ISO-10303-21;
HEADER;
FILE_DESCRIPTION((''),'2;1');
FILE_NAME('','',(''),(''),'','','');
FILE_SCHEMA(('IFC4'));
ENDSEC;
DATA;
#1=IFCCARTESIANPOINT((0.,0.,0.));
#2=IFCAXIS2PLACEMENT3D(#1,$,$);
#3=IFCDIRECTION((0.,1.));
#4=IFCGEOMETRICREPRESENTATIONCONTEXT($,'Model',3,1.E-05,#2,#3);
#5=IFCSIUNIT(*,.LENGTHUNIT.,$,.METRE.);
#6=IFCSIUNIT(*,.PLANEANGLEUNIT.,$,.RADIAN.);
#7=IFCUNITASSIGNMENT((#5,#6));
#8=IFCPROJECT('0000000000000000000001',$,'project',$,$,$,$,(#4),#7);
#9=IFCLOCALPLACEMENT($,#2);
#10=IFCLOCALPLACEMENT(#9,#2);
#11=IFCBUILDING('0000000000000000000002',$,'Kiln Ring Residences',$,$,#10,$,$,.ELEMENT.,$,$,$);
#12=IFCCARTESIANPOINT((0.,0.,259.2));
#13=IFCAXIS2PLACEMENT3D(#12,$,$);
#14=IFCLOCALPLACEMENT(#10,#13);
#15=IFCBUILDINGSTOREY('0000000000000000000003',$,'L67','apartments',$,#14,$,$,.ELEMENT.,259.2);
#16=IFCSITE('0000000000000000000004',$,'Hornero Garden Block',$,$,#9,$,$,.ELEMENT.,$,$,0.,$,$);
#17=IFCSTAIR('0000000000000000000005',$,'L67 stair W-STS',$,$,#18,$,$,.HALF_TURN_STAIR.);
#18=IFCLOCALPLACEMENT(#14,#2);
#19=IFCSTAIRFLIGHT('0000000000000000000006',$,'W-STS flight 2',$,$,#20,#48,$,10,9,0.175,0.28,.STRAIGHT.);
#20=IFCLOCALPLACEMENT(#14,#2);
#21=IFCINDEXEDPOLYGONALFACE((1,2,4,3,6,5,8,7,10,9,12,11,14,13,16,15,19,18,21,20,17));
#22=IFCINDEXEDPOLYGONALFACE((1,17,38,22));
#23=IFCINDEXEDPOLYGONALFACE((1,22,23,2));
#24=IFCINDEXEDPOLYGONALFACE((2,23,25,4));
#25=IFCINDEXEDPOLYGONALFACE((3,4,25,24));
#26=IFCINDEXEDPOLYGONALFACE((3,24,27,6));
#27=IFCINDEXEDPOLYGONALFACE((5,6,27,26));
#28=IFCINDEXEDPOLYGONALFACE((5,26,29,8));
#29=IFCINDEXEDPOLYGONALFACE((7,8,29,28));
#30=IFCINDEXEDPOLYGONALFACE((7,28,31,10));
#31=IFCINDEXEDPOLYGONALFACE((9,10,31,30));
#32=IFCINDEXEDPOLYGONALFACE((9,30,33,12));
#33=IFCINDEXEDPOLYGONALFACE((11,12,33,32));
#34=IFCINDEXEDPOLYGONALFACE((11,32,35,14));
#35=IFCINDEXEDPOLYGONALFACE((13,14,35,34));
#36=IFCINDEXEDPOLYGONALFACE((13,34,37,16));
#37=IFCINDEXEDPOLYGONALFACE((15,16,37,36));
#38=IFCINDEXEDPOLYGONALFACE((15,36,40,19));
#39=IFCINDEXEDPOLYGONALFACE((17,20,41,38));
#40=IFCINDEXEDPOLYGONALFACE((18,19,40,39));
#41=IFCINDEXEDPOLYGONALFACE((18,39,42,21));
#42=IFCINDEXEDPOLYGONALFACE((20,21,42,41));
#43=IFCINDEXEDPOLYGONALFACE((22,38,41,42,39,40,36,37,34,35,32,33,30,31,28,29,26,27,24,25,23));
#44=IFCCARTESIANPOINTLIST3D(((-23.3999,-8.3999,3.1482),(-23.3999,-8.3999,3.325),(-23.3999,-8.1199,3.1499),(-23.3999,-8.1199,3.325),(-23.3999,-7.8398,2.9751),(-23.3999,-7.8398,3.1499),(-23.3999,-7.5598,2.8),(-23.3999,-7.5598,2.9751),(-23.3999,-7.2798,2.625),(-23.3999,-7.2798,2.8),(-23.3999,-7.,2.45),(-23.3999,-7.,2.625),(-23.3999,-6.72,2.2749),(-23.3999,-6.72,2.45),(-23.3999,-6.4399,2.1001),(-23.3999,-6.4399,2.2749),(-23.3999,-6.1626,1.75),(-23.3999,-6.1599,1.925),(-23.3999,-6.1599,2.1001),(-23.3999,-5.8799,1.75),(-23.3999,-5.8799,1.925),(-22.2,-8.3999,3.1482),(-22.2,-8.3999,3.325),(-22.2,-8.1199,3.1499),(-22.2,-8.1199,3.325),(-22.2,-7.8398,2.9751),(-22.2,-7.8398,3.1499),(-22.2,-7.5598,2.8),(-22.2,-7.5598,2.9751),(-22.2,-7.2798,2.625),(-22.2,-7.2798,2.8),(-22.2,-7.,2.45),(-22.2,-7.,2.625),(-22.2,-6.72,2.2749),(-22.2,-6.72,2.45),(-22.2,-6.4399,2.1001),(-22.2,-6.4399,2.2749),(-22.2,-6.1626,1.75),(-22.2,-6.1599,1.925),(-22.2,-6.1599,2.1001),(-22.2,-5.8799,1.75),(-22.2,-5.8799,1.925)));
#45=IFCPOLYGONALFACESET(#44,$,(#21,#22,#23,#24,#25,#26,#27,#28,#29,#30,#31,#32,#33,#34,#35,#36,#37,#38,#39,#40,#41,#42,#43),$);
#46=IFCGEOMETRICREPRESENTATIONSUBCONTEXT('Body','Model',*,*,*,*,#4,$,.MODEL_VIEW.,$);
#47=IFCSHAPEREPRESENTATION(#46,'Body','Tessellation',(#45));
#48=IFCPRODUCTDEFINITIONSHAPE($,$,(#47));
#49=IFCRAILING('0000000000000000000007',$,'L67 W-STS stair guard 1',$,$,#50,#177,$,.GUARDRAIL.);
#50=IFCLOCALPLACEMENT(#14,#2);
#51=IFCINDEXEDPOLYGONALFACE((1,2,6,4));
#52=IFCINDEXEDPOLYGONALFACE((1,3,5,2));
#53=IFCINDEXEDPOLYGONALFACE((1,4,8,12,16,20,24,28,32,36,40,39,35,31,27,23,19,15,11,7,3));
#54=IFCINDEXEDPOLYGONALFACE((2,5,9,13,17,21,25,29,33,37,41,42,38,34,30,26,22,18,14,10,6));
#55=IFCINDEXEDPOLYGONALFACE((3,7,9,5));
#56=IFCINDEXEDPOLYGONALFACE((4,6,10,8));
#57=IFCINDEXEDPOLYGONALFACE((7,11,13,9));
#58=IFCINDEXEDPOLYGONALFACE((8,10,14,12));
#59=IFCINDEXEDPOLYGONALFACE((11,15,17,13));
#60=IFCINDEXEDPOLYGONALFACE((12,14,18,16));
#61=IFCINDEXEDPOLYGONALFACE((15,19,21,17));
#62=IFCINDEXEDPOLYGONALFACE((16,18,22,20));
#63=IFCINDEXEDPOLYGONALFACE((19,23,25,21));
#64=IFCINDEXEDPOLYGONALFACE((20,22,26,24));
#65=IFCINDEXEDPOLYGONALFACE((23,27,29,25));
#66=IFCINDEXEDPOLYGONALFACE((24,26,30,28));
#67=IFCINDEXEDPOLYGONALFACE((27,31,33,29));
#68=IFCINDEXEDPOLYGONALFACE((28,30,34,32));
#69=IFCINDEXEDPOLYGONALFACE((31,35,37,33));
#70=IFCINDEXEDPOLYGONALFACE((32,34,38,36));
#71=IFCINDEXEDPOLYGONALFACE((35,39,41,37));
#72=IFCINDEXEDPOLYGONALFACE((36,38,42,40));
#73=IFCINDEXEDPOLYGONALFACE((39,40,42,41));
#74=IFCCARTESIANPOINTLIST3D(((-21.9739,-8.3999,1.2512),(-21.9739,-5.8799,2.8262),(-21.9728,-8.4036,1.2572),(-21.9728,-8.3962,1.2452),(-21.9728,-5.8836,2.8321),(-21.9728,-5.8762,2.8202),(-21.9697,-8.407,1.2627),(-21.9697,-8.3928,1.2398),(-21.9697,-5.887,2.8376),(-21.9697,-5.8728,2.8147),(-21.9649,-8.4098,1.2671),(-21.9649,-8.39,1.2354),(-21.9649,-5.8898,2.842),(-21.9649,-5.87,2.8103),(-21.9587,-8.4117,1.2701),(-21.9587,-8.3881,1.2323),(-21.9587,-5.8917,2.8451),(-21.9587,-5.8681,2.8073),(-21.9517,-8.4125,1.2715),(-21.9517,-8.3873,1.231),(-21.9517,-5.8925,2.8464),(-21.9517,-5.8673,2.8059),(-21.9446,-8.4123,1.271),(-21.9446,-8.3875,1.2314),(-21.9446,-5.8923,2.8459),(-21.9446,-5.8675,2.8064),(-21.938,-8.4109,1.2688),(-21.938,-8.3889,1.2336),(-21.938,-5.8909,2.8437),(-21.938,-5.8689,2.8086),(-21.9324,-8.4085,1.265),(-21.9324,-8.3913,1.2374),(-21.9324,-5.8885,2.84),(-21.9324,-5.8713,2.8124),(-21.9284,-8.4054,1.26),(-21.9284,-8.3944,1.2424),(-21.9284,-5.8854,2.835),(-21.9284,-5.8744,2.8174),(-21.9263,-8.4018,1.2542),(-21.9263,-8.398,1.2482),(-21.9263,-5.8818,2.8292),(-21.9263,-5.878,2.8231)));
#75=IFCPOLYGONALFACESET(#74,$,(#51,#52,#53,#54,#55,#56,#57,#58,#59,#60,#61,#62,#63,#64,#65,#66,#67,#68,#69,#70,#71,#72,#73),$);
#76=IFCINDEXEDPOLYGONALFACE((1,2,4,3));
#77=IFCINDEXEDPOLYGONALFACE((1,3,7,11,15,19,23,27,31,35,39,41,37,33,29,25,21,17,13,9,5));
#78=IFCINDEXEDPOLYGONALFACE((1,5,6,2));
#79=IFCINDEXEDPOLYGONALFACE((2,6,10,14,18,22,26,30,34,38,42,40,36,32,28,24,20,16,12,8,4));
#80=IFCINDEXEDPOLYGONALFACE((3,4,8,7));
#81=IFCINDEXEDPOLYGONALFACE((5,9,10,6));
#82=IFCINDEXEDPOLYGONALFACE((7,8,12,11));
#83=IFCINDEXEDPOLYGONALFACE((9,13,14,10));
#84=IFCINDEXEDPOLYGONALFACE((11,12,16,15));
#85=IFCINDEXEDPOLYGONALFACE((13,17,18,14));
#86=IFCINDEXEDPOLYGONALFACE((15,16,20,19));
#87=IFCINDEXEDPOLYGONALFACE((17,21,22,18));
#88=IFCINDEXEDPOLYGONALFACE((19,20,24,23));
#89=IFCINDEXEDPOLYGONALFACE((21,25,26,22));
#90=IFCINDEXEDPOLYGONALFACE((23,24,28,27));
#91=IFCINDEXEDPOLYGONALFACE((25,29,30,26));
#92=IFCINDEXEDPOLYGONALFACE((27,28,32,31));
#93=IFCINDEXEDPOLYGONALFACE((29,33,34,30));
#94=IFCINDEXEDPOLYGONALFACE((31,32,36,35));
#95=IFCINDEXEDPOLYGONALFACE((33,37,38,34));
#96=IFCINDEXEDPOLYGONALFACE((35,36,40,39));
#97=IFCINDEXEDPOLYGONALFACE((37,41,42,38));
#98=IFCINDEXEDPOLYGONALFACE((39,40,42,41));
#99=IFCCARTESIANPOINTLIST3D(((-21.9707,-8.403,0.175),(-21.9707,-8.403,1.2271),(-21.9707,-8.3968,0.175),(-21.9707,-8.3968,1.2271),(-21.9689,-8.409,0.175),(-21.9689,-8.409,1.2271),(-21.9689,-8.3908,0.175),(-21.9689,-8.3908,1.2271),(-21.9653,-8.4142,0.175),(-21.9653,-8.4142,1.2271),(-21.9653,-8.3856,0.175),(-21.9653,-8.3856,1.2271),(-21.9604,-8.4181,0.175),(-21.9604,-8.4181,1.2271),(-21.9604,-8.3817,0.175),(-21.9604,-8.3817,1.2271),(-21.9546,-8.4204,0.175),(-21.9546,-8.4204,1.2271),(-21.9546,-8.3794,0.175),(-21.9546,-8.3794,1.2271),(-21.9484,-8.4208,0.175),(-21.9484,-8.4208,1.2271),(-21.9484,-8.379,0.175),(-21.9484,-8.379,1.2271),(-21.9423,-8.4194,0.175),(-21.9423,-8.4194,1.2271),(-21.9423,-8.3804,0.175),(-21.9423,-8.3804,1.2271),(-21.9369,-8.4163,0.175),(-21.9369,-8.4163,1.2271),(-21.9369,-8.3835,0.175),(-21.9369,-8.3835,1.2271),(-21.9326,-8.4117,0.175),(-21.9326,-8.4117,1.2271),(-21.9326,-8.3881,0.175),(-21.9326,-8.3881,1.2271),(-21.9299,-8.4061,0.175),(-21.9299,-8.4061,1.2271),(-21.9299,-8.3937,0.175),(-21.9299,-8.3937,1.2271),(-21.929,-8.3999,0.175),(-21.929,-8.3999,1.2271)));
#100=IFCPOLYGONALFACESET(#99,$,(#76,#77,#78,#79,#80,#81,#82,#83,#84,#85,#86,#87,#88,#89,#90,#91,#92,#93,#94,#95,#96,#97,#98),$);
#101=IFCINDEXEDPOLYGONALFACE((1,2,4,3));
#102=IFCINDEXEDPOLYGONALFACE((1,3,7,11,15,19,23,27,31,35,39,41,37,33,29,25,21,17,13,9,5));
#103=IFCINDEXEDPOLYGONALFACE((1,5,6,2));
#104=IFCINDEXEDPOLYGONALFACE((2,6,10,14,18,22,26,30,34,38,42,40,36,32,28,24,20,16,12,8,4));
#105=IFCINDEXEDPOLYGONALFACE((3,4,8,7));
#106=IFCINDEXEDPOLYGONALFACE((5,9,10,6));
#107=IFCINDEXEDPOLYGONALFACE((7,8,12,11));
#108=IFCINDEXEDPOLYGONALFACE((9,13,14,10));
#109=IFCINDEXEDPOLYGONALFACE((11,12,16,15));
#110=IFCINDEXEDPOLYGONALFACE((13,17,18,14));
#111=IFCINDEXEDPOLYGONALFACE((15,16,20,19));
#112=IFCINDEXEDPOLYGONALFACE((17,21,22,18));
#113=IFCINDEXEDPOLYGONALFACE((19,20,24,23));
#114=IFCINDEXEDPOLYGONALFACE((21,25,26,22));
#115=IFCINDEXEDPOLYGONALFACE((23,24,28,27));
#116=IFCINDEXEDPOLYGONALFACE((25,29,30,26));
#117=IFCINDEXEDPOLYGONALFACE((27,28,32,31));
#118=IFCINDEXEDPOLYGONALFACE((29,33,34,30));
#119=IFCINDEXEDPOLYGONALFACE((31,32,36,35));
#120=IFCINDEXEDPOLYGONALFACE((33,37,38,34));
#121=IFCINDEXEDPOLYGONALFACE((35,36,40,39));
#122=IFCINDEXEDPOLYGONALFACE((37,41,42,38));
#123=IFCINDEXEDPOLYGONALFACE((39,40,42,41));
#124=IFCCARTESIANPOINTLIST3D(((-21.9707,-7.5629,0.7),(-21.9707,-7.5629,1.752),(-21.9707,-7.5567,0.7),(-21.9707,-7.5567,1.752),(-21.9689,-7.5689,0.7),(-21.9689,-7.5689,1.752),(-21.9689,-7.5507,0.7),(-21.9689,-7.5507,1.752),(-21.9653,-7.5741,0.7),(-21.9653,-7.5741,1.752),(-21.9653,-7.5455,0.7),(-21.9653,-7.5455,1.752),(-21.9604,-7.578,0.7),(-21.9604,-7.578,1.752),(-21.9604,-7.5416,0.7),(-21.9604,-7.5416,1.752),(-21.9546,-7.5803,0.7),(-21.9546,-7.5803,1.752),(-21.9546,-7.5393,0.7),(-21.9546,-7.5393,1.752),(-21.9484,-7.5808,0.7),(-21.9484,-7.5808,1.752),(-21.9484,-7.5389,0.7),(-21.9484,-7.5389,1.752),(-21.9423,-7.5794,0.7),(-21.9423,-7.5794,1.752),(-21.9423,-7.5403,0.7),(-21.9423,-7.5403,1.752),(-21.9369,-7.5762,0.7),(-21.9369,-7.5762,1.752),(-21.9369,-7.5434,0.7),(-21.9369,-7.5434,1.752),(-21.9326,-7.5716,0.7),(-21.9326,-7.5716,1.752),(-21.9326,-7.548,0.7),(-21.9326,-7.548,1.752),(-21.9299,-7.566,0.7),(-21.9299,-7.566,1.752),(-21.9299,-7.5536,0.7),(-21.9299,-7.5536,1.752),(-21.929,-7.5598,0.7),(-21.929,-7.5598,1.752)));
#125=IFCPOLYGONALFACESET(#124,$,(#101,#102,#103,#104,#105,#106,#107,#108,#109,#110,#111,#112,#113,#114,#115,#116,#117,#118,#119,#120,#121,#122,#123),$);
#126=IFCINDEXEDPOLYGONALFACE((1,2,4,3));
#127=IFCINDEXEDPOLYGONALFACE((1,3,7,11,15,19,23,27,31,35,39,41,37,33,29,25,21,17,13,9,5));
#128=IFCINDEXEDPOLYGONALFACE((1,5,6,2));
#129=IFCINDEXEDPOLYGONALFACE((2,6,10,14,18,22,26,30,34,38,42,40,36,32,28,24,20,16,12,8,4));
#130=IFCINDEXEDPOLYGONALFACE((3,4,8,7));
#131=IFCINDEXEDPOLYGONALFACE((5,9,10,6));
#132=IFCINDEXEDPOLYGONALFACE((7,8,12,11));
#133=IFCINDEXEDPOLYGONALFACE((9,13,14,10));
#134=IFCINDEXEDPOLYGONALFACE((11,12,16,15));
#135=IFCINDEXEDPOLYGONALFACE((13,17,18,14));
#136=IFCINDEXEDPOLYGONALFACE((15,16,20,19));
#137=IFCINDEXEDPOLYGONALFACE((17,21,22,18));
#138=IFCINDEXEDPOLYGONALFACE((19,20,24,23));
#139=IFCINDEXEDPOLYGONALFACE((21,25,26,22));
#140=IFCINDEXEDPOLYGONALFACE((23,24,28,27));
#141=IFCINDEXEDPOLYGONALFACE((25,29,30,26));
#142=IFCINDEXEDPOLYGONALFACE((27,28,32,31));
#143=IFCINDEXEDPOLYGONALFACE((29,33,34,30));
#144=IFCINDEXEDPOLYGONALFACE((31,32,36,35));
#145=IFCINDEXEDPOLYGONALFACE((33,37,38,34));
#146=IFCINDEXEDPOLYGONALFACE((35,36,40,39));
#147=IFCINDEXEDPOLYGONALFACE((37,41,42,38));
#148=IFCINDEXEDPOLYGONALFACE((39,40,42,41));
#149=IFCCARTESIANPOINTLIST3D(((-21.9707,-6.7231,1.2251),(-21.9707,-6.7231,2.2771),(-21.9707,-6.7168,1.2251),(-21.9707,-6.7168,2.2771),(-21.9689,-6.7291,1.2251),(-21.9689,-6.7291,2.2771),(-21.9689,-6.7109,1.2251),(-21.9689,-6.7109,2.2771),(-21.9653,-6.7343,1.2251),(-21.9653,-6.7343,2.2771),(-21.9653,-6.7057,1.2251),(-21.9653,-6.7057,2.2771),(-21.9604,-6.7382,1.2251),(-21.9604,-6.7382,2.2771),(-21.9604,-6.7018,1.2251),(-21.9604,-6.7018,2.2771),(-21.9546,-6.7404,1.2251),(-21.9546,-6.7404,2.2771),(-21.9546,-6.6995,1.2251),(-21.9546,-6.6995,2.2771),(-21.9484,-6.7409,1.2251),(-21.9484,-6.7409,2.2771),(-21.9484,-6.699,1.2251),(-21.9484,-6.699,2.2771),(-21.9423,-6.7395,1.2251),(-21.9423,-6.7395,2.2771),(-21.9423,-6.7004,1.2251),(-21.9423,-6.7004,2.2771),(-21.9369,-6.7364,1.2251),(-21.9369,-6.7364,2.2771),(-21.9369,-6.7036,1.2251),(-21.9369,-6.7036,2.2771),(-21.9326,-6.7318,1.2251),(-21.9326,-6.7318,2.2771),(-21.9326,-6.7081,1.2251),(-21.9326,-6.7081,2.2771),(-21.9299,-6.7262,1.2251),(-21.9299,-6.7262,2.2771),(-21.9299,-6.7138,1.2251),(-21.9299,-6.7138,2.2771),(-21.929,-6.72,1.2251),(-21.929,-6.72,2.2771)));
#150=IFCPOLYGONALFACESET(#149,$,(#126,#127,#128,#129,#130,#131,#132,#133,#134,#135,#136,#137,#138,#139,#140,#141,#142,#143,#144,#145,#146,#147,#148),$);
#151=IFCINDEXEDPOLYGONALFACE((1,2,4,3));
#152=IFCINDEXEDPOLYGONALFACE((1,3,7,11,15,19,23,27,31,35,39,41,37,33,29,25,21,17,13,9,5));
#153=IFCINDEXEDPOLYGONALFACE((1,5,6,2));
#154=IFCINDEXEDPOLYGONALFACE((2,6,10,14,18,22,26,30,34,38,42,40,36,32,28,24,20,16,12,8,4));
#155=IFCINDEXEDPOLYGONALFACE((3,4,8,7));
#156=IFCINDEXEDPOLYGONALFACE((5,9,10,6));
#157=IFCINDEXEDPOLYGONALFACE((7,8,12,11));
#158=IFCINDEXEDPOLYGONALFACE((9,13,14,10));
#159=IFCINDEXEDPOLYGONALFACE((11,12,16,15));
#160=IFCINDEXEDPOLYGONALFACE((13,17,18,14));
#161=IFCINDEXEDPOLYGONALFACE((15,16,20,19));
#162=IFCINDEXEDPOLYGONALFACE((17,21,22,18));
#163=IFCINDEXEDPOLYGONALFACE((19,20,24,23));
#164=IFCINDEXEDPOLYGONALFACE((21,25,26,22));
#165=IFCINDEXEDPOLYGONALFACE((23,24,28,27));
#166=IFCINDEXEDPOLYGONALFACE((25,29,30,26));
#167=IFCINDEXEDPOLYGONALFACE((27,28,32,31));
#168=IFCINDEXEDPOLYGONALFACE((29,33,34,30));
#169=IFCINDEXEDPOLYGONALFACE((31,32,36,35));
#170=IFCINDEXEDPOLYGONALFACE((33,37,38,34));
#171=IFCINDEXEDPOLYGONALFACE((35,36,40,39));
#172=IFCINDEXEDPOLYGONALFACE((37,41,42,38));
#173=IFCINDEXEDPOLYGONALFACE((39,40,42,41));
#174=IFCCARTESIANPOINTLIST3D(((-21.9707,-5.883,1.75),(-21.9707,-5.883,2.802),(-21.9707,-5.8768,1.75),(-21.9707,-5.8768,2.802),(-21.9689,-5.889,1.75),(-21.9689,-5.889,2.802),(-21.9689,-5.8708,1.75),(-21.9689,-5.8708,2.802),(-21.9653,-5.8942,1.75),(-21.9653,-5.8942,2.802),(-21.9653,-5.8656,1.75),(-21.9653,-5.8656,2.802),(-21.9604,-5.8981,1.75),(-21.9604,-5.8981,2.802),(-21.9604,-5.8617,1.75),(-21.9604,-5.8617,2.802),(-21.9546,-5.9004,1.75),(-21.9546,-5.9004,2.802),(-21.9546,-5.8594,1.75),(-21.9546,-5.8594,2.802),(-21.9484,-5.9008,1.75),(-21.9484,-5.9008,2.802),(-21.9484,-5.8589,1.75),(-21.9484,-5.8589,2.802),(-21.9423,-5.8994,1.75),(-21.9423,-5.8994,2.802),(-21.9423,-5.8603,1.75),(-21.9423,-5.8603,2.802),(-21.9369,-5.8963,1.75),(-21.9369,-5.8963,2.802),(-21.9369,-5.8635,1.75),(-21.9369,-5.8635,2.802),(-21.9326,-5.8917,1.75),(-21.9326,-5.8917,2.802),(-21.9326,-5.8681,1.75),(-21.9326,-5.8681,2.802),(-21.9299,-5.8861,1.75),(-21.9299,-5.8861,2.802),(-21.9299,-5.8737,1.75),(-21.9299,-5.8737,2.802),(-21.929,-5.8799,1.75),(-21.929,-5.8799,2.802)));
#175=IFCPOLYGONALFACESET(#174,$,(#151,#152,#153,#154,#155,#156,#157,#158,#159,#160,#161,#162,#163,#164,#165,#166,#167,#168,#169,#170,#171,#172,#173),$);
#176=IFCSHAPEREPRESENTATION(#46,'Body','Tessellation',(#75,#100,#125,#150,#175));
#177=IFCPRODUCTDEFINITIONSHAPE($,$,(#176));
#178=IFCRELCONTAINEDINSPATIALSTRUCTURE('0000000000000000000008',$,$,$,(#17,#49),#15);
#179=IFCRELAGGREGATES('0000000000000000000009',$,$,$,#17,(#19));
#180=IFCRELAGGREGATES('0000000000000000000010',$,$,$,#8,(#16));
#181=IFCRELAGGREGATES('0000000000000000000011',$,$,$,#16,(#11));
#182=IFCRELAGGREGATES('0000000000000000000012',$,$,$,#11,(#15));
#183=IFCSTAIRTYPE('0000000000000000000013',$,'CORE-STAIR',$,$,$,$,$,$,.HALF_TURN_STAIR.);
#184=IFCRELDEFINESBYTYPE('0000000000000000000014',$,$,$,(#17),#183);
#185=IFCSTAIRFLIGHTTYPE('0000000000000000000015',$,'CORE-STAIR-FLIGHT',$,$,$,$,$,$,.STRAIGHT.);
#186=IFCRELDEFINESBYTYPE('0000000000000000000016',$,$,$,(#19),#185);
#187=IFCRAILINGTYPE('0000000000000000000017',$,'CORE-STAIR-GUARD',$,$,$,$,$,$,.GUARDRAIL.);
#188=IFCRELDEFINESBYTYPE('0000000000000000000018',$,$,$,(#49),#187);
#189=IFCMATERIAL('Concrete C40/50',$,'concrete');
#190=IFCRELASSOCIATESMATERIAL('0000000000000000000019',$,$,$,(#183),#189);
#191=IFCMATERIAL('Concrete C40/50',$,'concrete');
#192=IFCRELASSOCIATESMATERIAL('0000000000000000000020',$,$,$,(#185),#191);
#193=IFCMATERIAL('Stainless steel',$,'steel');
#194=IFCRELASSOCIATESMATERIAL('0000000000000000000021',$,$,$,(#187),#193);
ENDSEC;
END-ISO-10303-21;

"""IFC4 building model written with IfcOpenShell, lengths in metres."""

from ifc_helpers import new_model, si_unit, direction, frame, origin, origin_2d, place, context, subcontext, project, spatial, polyline, circle, outline, extrude, material, type_object, element, aggregate, save


model = new_model("IFC4")

# Units and contexts
model_context = context("Model", 3, precision=1e-05, world=origin(), true_north=direction((0.0, 1.0)))
body_context = subcontext(model_context, "Body", "Model", "MODEL_VIEW")
ifc_project = project(units=[si_unit("LENGTHUNIT", "METRE"), si_unit("PLANEANGLEUNIT", "RADIAN")], contexts=[model_context])

# Site, building, storey
site_placement = place(None, origin())
site = spatial("IfcSite", under=ifc_project, at=site_placement, Name="Hornero Garden Block", CompositionType="ELEMENT", RefElevation=0.0)
building_placement = place(site_placement, origin())
building = spatial("IfcBuilding", under=site, at=building_placement, Name="Kiln Ring Residences", CompositionType="ELEMENT")
storey_placement = place(building_placement, frame((0.0, 0.0, 259.2)))
storey = spatial("IfcBuildingStorey", under=building, at=storey_placement, Name="L67", Description="apartments", CompositionType="ELEMENT", Elevation=259.2)

# Stair, stair flight
ifc_material_1 = material(Name="Concrete C40/50", Category="concrete")
stair_type = type_object("IfcStairType", Name="CORE-STAIR", PredefinedType="HALF_TURN_STAIR", material=ifc_material_1)
stair_placement = place(storey_placement, origin())
stair = element("IfcStair", 1, at=stair_placement, inside=storey, type_object=stair_type, Name="L67 stair W-STS", PredefinedType="HALF_TURN_STAIR")
ifc_material_2 = material(Name="Concrete C40/50", Category="concrete")
stair_flight_type = type_object("IfcStairFlightType", Name="CORE-STAIR-FLIGHT", PredefinedType="STRAIGHT", material=ifc_material_2)
stair_flight_1_placement = place(storey_placement, frame((-22.8, -5.8799, 1.75), z_axis=(0.0, 0.0, 1.0), x_axis=(0.0, -1.0, 0.0)))
stair_flight_1 = element("IfcStairFlight", 2, at=stair_flight_1_placement, type_object=stair_flight_type, Name="W-STS flight 2", NumberOfRisers=10, NumberOfTreads=9, PredefinedType="STRAIGHT", RiserHeight=0.175, TreadLength=0.28, context=body_context, shape_type="SweptSolid", body=[
    extrude(outline(polyline([(0.0, 0.0), (0.0, 0.175), (0.28, 0.175), (0.28, 0.3501), (0.5601, 0.3501), (0.5601, 0.5249), (0.8401, 0.5249), (0.8401, 0.7), (1.1201, 0.7), (1.1201, 0.875), (1.3999, 0.875), (1.3999, 1.05), (1.6799, 1.05), (1.6799, 1.2251), (1.96, 1.2251), (1.96, 1.3999), (2.24, 1.3999), (2.24, 1.575), (2.52, 1.575), (2.52, 1.75), (2.52, 1.3982), (0.2827, 0.0), (0.0, 0.0)])), frame((0.0, 0.6001, 0.0), z_axis=(0.0, -1.0, 0.0), x_axis=(1.0, 0.0, 0.0)), (0.0, 0.0, 1.0), 1.2),
])
aggregate(stair, [stair_flight_1])

# Railing
ifc_material_3 = material(Name="Stainless steel", Category="steel")
railing_type_1 = type_object("IfcRailingType", Name="CORE-STAIR-GUARD", PredefinedType="GUARDRAIL", material=ifc_material_3)
railing_1_placement = place(storey_placement, frame((-21.95, -8.3999, 0.175)))
element("IfcRailing", 3, at=railing_1_placement, inside=storey, type_object=railing_type_1, Name="L67 W-STS stair guard 1", PredefinedType="GUARDRAIL", context=body_context, shape_type="SweptSolid", body=[
    extrude(circle(Radius=0.0239, at=origin_2d()), frame((0.0, 0.0, 1.0762), z_axis=(0.0, 0.848008, 0.529984), x_axis=(-1.0, 0.0, 0.0)), (0.0, 0.0, 1.0), 2.9717),
    extrude(circle(Radius=0.021, at=origin_2d()), origin(), (0.0, 0.0, 1.0), 1.052),
    extrude(circle(Radius=0.021, at=origin_2d()), frame((0.0, 0.8401, 0.5249)), (0.0, 0.0, 1.0), 1.052),
    extrude(circle(Radius=0.021, at=origin_2d()), frame((0.0, 1.6799, 1.05)), (0.0, 0.0, 1.0), 1.052),
    extrude(circle(Radius=0.021, at=origin_2d()), frame((0.0, 2.52, 1.575)), (0.0, 0.0, 1.0), 1.052),
])

save(model, "model.ifc")
